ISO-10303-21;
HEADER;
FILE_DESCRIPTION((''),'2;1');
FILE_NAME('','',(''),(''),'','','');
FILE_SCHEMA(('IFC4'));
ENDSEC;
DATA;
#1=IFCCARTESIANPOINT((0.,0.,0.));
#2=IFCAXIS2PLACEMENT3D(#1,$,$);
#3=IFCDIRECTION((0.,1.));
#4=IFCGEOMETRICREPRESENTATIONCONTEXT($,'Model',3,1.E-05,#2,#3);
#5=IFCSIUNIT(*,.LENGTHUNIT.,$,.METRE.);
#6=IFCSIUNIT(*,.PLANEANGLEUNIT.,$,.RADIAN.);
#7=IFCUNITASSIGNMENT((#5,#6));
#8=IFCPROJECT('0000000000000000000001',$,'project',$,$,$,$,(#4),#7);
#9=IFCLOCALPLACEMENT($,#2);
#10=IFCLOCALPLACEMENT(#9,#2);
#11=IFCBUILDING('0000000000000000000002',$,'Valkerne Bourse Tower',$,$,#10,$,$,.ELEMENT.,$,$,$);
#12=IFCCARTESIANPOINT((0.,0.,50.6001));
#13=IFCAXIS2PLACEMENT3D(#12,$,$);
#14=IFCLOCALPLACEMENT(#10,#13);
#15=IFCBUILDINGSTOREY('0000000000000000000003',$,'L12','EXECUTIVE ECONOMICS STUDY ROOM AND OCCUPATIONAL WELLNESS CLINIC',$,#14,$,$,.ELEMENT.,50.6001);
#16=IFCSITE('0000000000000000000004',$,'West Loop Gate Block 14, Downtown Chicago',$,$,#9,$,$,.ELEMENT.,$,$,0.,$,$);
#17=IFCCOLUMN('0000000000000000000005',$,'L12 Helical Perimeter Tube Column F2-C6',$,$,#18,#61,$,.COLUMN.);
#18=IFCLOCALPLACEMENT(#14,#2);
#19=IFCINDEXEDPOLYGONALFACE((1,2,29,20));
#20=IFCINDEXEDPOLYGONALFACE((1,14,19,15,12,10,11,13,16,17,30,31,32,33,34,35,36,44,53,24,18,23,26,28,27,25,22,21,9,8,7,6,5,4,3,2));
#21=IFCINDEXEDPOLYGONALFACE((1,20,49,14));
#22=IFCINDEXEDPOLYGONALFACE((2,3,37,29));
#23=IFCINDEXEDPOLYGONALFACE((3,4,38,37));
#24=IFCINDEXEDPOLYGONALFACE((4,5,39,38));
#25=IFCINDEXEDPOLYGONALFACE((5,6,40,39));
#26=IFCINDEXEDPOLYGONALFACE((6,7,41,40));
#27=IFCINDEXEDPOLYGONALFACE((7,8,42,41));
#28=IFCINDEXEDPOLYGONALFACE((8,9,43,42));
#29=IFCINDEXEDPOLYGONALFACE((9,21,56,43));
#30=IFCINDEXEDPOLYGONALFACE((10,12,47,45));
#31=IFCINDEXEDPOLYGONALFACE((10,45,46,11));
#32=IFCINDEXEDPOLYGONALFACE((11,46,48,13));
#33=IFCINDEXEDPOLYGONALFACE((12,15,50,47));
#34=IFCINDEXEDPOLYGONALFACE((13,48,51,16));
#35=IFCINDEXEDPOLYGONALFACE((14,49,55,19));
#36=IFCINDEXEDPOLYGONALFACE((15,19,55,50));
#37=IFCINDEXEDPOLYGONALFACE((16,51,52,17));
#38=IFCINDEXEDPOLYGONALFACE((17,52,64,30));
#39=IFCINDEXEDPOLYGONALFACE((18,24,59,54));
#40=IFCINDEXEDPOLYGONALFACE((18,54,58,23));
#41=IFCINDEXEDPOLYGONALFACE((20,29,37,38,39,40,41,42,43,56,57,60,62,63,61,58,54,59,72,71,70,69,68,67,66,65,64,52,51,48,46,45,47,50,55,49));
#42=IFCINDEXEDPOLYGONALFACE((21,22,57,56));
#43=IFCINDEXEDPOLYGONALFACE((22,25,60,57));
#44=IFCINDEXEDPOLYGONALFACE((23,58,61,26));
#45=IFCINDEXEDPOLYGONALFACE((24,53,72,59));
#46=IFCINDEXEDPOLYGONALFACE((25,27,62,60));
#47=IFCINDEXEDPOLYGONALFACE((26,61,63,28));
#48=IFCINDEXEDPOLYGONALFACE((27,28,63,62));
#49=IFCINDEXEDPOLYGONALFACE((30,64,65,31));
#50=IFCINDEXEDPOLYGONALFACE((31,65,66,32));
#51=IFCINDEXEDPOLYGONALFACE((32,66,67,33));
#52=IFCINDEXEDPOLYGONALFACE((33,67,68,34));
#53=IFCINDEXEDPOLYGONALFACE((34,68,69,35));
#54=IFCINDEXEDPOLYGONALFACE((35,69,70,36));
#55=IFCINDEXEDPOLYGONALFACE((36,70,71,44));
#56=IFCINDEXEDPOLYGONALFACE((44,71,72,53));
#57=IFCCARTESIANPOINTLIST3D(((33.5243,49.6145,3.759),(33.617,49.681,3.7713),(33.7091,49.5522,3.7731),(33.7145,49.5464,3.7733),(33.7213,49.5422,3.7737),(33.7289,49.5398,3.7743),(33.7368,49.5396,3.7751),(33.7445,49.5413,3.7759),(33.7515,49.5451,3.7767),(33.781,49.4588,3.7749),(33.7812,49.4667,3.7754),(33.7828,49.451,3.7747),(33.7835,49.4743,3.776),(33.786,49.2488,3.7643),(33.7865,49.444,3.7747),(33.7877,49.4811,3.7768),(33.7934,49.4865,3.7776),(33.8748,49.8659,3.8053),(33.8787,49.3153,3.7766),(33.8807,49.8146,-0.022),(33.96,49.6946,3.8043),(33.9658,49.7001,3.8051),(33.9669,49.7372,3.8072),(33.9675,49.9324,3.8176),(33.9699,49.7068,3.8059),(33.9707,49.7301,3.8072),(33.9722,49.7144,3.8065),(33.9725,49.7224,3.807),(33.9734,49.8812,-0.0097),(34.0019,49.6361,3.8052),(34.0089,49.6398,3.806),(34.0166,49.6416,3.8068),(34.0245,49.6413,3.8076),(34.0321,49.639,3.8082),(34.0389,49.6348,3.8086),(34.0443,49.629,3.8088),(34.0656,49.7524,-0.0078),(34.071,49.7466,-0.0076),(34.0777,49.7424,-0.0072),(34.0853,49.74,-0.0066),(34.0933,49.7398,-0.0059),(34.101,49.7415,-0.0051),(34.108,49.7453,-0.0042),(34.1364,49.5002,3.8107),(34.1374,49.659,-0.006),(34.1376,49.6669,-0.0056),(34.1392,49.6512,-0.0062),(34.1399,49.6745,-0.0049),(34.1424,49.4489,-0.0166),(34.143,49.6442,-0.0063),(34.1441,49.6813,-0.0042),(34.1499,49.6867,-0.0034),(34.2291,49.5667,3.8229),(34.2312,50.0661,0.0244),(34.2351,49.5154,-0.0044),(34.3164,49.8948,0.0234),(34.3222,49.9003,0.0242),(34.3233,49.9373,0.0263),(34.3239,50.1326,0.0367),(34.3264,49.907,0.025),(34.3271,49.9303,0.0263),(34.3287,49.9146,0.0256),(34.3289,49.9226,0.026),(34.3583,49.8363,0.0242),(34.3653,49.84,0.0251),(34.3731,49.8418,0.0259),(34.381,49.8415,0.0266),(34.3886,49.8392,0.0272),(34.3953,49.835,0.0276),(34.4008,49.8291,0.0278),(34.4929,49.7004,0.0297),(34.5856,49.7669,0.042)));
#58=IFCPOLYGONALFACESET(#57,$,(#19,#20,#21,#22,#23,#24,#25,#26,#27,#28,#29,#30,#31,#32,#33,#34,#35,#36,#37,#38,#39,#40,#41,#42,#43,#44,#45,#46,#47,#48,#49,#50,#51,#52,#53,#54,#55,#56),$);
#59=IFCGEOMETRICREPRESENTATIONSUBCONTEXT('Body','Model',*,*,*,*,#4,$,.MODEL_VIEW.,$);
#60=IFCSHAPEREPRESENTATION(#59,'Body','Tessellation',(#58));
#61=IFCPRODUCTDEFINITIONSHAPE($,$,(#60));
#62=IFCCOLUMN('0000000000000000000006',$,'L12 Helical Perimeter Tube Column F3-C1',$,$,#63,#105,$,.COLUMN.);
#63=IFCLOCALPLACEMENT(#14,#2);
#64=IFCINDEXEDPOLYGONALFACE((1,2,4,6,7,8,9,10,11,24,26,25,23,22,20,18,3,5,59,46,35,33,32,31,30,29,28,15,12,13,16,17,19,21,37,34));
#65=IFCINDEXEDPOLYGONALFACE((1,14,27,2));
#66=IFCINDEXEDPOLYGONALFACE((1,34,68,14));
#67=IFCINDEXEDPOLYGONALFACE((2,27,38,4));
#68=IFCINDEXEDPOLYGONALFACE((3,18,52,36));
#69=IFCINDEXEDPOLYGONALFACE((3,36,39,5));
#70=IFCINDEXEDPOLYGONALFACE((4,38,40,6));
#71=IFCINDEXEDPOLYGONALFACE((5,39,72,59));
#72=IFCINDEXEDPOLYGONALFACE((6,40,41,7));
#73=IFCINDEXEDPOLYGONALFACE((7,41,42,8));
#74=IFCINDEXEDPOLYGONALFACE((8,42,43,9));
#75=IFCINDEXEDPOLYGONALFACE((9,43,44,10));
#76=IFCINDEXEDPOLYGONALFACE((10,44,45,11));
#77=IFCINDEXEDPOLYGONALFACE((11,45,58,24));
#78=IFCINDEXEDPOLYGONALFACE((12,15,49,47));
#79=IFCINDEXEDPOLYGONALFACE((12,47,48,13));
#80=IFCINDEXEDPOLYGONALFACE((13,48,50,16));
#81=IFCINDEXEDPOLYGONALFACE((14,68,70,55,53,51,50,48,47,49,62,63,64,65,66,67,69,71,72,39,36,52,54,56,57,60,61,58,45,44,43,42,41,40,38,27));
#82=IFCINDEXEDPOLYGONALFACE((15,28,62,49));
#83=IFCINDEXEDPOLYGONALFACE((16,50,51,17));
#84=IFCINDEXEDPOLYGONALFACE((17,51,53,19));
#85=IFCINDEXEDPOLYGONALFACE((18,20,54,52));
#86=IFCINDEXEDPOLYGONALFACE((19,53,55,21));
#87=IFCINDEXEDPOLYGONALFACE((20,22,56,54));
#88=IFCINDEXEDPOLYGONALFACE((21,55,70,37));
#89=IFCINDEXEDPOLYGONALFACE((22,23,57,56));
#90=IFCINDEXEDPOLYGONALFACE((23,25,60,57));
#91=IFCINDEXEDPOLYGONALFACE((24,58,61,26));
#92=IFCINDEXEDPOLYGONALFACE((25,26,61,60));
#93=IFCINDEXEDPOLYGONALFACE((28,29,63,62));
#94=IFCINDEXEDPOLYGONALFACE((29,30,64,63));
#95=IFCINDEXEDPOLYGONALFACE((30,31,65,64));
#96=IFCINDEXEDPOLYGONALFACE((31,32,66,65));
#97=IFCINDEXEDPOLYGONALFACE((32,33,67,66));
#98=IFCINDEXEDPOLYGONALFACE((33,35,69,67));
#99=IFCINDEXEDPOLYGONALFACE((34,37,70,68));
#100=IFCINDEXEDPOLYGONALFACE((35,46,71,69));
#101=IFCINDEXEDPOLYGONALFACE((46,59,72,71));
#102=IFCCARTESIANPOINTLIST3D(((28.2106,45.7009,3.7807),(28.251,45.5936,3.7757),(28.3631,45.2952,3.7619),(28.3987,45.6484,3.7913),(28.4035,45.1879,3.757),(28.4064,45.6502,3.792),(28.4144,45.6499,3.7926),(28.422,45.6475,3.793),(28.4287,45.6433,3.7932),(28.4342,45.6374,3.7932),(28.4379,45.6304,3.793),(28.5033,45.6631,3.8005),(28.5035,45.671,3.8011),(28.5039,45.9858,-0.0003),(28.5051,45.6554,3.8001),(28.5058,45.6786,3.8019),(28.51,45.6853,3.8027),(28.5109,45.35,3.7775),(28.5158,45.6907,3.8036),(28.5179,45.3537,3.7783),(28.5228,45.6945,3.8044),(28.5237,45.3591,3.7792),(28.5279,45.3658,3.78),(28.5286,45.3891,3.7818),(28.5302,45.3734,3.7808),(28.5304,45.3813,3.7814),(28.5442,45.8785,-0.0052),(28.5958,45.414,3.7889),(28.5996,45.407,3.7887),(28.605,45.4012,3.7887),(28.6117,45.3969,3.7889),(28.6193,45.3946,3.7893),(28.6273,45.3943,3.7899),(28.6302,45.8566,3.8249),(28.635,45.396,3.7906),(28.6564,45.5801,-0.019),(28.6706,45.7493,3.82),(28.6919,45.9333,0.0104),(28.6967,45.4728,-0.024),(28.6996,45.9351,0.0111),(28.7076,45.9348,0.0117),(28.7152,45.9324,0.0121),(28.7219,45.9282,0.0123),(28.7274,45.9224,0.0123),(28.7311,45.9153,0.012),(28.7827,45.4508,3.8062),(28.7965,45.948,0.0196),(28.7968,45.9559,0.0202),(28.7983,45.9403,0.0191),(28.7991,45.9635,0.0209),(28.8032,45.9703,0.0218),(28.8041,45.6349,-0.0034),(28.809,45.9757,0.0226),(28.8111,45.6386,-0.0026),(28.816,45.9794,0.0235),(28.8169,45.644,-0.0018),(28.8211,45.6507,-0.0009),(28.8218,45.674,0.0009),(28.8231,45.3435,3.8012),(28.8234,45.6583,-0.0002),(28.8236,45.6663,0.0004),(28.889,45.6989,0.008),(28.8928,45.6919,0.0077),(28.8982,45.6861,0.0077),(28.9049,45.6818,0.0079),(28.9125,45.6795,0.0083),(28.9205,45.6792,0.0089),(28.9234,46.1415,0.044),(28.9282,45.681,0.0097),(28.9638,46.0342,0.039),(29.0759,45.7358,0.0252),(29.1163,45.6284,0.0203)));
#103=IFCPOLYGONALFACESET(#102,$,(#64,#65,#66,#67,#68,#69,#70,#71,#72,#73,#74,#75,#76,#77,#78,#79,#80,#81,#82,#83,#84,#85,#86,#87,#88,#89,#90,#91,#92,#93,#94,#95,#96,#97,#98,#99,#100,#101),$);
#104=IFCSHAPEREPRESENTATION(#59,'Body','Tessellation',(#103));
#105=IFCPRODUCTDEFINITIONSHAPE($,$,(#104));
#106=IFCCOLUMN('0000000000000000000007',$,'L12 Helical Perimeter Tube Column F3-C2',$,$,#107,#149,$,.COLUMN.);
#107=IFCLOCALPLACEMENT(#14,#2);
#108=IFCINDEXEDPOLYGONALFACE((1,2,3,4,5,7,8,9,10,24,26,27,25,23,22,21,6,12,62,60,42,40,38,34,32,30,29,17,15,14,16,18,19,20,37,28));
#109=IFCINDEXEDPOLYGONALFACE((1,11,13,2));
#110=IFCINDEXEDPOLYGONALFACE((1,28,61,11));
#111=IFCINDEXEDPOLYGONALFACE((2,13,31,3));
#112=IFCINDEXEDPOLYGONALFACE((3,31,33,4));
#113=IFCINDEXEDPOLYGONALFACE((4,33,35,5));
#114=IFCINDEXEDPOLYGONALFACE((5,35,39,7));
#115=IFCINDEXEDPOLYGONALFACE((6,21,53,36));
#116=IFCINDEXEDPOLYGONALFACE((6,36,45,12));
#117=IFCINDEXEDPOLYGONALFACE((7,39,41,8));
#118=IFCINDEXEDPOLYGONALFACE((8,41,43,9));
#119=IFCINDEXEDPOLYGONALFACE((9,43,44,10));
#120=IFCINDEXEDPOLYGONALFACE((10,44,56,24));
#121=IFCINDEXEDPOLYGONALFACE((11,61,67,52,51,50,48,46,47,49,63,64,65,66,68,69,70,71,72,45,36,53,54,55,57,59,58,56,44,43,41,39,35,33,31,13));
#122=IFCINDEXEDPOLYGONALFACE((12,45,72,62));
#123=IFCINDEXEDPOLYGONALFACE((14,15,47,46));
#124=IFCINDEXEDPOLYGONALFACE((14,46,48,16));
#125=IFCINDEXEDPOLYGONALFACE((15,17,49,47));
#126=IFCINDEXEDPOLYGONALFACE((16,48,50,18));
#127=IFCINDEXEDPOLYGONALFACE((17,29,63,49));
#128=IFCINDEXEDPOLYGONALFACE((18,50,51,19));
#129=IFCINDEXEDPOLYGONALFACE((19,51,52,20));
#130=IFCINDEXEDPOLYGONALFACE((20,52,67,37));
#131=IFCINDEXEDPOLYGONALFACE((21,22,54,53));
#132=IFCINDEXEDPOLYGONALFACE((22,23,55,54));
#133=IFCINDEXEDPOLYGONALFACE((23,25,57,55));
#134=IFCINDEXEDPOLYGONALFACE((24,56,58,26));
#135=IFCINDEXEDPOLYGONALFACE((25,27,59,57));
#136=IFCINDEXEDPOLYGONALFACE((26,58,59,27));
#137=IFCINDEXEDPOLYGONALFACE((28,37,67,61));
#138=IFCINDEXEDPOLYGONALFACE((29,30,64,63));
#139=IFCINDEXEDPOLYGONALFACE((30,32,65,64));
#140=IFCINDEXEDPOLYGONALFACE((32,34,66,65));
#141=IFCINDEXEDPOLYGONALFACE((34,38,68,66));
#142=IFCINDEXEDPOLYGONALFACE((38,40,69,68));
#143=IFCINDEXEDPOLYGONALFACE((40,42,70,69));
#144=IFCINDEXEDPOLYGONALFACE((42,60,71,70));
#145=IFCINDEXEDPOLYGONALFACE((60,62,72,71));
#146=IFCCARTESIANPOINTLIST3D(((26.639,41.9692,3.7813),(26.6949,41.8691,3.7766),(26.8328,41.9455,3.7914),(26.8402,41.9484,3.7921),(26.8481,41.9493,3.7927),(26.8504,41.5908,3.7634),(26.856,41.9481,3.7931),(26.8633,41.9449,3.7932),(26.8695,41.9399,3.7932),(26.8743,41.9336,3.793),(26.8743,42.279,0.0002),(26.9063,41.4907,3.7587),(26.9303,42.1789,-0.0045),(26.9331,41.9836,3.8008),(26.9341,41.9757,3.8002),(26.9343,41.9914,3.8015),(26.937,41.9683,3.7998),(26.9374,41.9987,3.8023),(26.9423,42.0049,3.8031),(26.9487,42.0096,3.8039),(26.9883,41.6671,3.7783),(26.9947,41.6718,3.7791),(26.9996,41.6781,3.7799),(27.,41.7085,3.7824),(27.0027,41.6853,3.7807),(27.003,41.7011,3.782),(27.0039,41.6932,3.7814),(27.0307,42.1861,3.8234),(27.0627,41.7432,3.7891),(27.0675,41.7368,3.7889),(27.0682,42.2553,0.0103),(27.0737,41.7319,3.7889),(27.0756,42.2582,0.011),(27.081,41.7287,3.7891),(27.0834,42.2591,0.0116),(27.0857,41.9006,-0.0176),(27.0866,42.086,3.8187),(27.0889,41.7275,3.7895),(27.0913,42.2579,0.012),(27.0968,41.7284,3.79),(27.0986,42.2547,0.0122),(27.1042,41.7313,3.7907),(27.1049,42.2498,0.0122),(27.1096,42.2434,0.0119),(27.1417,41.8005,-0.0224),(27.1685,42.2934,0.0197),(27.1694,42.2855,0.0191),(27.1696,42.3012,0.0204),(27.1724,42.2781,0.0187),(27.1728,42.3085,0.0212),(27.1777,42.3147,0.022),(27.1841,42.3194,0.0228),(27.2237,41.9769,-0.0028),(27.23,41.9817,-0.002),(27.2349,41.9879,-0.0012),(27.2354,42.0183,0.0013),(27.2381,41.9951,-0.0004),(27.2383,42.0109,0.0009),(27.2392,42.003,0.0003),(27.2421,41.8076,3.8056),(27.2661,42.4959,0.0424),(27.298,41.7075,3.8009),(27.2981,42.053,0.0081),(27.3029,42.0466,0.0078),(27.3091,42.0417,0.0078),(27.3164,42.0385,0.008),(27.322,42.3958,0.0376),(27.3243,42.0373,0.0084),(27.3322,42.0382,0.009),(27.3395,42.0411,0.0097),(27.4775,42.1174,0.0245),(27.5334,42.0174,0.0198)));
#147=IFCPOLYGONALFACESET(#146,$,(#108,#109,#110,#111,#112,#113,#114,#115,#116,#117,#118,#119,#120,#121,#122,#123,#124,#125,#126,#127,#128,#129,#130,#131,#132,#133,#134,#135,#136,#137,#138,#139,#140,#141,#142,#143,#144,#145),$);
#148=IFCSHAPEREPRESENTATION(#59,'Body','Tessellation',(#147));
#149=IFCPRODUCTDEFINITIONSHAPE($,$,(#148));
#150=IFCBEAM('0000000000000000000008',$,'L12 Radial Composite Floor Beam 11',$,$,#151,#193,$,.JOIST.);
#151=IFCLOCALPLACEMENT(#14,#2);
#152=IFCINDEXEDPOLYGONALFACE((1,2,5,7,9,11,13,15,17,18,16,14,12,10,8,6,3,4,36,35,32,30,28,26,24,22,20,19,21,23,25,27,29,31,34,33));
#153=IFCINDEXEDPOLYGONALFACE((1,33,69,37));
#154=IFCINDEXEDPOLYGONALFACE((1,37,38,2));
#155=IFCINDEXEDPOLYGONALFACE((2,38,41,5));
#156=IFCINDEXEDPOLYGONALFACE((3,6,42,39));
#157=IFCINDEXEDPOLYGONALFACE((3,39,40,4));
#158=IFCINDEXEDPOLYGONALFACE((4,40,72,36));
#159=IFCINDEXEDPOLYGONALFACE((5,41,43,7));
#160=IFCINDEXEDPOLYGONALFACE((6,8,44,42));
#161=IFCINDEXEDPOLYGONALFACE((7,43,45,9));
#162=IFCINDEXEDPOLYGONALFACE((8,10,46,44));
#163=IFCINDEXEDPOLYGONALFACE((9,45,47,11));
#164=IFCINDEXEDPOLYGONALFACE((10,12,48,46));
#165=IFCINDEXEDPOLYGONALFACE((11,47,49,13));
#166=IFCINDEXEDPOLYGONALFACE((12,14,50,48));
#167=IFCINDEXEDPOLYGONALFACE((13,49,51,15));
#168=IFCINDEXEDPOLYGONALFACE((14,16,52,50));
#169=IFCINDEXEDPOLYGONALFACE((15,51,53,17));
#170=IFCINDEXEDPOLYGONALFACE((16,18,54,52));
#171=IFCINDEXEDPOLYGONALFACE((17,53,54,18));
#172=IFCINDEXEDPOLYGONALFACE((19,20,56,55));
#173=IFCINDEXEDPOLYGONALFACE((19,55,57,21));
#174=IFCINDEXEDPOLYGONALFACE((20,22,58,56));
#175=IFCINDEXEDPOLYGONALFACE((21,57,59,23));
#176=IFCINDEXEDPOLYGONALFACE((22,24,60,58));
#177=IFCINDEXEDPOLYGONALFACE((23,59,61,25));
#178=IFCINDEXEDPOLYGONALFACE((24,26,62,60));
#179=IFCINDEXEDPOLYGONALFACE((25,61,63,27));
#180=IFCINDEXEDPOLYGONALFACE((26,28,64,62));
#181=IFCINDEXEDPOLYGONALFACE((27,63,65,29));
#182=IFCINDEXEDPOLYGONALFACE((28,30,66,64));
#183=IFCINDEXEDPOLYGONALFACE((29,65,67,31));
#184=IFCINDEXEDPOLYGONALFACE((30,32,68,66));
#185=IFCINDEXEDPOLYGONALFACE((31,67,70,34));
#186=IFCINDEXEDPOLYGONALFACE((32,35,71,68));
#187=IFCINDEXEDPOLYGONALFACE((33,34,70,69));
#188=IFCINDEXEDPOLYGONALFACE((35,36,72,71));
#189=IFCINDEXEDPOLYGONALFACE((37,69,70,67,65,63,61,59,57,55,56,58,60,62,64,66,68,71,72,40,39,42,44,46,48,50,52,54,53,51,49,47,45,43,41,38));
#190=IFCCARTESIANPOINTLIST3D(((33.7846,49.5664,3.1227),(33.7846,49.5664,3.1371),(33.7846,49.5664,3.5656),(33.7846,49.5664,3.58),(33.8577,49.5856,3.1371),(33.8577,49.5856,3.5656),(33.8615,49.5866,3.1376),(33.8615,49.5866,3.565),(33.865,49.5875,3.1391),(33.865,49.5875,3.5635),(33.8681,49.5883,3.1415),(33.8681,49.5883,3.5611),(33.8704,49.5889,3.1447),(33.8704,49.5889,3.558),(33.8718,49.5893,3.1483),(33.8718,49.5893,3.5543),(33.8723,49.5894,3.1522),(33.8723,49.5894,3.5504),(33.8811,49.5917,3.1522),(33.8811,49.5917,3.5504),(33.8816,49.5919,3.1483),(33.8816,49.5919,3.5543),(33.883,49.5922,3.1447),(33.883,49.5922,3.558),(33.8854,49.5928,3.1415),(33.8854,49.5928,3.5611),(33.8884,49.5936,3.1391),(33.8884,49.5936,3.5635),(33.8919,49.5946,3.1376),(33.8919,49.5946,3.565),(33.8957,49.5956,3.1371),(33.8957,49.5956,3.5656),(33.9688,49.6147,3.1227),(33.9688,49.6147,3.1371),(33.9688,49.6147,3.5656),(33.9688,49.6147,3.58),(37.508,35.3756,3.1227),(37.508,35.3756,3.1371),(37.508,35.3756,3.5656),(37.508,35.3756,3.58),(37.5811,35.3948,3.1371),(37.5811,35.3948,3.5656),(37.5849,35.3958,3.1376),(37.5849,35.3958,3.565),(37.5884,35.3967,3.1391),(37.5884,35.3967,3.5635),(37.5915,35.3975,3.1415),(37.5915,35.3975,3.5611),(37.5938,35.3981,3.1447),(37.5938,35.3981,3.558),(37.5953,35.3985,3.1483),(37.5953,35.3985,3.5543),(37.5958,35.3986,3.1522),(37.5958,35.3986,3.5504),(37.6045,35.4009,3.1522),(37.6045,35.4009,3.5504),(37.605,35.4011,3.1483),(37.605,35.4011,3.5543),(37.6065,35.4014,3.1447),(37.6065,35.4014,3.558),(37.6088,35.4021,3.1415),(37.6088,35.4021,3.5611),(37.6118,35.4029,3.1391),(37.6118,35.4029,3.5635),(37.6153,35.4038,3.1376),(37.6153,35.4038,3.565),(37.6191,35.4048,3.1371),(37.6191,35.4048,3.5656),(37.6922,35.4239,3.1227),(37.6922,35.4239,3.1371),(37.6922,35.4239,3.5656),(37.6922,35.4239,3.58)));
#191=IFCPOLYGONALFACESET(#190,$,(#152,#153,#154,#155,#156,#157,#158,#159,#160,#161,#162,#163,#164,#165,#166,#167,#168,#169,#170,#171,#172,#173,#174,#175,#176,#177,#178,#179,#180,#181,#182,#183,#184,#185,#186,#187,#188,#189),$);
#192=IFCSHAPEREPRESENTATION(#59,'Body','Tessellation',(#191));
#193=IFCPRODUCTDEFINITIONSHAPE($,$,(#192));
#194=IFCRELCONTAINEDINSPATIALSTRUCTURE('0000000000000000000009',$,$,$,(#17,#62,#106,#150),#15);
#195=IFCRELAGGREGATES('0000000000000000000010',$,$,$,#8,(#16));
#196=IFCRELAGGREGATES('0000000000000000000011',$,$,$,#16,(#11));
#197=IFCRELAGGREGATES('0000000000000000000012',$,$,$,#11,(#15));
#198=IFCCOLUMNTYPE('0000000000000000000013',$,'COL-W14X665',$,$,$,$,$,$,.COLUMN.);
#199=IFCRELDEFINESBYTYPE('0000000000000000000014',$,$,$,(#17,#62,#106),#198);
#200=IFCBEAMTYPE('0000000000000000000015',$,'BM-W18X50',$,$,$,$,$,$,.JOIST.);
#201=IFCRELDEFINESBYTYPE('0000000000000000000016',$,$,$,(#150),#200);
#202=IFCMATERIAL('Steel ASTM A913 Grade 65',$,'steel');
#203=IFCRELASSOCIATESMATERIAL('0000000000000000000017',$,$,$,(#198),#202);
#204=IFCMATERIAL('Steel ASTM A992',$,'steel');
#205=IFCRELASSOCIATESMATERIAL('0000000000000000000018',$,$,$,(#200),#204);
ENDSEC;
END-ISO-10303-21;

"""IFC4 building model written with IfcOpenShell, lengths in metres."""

from ifc_helpers import new_model, si_unit, direction, frame, origin, origin_2d, place, context, subcontext, project, spatial, i_section, extrude, material, material_profile, profile_set, type_object, element, save


model = new_model("IFC4")

# Units and contexts
model_context = context("Model", 3, precision=1e-05, world=origin(), true_north=direction((0.0, 1.0)))
body_context = subcontext(model_context, "Body", "Model", "MODEL_VIEW")
ifc_project = project(units=[si_unit("LENGTHUNIT", "METRE"), si_unit("PLANEANGLEUNIT", "RADIAN")], contexts=[model_context])

# Site, building, storey
site_placement = place(None, origin())
site = spatial("IfcSite", under=ifc_project, at=site_placement, Name="West Loop Gate Block 14, Downtown Chicago", CompositionType="ELEMENT", RefElevation=0.0)
building_placement = place(site_placement, origin())
building = spatial("IfcBuilding", under=site, at=building_placement, Name="Valkerne Bourse Tower", CompositionType="ELEMENT")
storey_placement = place(building_placement, frame((0.0, 0.0, 50.6001)))
storey = spatial("IfcBuildingStorey", under=building, at=storey_placement, Name="L12", Description="EXECUTIVE ECONOMICS STUDY ROOM AND OCCUPATIONAL WELLNESS CLINIC", CompositionType="ELEMENT", Elevation=50.6001)

# Columns
ifc_material_1 = material(Name="Steel ASTM A913 Grade 65", Category="steel")
ifc_material_profile_1 = material_profile(ifc_material_1, i_section(OverallWidth=0.4497, OverallDepth=0.5486, WebThickness=0.072, FlangeThickness=0.1147, FilletRadius=0.0305, at=origin_2d()), Name="W14X665")
ifc_profile_set_1 = profile_set([ifc_material_profile_1], Name="Steel ASTM A913 Grade 65")
column_type = type_object("IfcColumnType", Name="COL-W14X665", PredefinedType="COLUMN", material=ifc_profile_set_1)
for number, where, z_axis, x_axis, name in (
    (1, (34.2332, 49.7908, 0.01), (-0.093726, -0.052641, 0.994205), (-0.581859, 0.813204, -0.011796), "L12 Helical Perimeter Tube Column F2-C6"),
    (2, (28.8101, 45.8071, 0.01), (-0.077099, -0.074917, 0.994205), (-0.933005, -0.34614, -0.098436), "L12 Helical Perimeter Tube Column F3-C1"),
):
    element("IfcColumn", number, at=place(storey_placement, frame(where, z_axis=z_axis, x_axis=x_axis)), inside=storey, type_object=column_type, Name=name, PredefinedType="COLUMN", context=body_context, shape_type="SweptSolid", body=[
        extrude(i_section(OverallWidth=0.4497, OverallDepth=0.5486, WebThickness=0.072, FlangeThickness=0.1147, FilletRadius=0.0305, at=origin_2d()), origin(), (0.0, 0.0, 1.0), 3.803),
    ])
column_placement = place(storey_placement, frame((27.2039, 42.1482, 0.01), z_axis=(-0.061919, -0.081509, 0.994747), x_axis=(-0.871052, -0.482166, -0.093728)))
element("IfcColumn", 3, at=column_placement, inside=storey, type_object=column_type, Name="L12 Helical Perimeter Tube Column F3-C2", PredefinedType="COLUMN", context=body_context, shape_type="SweptSolid", body=[
    extrude(i_section(OverallWidth=0.4497, OverallDepth=0.5486, WebThickness=0.072, FlangeThickness=0.1147, FilletRadius=0.0305, at=origin_2d()), origin(), (0.0, 0.0, 1.0), 3.801),
])

# Beam
ifc_material_2 = material(Name="Steel ASTM A992", Category="steel")
ifc_material_profile_2 = material_profile(ifc_material_2, i_section(OverallWidth=0.1904, OverallDepth=0.4573, WebThickness=0.009, FlangeThickness=0.0144, FilletRadius=0.0151, at=origin_2d()), Name="W18X50")
ifc_profile_set_2 = profile_set([ifc_material_profile_2], Name="Steel ASTM A992")
beam_type_1 = type_object("IfcBeamType", Name="BM-W18X50", PredefinedType="JOIST", material=ifc_profile_set_2)
beam_1_placement = place(storey_placement, frame((33.8767, 49.5906, 3.3513), z_axis=(0.253792, -0.967259, 0.0), x_axis=(0.967259, 0.253792, 0.0)))
element("IfcBeam", 4, at=beam_1_placement, inside=storey, type_object=beam_type_1, Name="L12 Radial Composite Floor Beam 11", PredefinedType="JOIST", context=body_context, shape_type="SweptSolid", body=[
    extrude(i_section(OverallWidth=0.1904, OverallDepth=0.4573, WebThickness=0.009, FlangeThickness=0.0144, FilletRadius=0.0151, at=origin_2d()), origin(), (0.0, 0.0, 1.0), 14.6711),
])

save(model, "model.ifc")
